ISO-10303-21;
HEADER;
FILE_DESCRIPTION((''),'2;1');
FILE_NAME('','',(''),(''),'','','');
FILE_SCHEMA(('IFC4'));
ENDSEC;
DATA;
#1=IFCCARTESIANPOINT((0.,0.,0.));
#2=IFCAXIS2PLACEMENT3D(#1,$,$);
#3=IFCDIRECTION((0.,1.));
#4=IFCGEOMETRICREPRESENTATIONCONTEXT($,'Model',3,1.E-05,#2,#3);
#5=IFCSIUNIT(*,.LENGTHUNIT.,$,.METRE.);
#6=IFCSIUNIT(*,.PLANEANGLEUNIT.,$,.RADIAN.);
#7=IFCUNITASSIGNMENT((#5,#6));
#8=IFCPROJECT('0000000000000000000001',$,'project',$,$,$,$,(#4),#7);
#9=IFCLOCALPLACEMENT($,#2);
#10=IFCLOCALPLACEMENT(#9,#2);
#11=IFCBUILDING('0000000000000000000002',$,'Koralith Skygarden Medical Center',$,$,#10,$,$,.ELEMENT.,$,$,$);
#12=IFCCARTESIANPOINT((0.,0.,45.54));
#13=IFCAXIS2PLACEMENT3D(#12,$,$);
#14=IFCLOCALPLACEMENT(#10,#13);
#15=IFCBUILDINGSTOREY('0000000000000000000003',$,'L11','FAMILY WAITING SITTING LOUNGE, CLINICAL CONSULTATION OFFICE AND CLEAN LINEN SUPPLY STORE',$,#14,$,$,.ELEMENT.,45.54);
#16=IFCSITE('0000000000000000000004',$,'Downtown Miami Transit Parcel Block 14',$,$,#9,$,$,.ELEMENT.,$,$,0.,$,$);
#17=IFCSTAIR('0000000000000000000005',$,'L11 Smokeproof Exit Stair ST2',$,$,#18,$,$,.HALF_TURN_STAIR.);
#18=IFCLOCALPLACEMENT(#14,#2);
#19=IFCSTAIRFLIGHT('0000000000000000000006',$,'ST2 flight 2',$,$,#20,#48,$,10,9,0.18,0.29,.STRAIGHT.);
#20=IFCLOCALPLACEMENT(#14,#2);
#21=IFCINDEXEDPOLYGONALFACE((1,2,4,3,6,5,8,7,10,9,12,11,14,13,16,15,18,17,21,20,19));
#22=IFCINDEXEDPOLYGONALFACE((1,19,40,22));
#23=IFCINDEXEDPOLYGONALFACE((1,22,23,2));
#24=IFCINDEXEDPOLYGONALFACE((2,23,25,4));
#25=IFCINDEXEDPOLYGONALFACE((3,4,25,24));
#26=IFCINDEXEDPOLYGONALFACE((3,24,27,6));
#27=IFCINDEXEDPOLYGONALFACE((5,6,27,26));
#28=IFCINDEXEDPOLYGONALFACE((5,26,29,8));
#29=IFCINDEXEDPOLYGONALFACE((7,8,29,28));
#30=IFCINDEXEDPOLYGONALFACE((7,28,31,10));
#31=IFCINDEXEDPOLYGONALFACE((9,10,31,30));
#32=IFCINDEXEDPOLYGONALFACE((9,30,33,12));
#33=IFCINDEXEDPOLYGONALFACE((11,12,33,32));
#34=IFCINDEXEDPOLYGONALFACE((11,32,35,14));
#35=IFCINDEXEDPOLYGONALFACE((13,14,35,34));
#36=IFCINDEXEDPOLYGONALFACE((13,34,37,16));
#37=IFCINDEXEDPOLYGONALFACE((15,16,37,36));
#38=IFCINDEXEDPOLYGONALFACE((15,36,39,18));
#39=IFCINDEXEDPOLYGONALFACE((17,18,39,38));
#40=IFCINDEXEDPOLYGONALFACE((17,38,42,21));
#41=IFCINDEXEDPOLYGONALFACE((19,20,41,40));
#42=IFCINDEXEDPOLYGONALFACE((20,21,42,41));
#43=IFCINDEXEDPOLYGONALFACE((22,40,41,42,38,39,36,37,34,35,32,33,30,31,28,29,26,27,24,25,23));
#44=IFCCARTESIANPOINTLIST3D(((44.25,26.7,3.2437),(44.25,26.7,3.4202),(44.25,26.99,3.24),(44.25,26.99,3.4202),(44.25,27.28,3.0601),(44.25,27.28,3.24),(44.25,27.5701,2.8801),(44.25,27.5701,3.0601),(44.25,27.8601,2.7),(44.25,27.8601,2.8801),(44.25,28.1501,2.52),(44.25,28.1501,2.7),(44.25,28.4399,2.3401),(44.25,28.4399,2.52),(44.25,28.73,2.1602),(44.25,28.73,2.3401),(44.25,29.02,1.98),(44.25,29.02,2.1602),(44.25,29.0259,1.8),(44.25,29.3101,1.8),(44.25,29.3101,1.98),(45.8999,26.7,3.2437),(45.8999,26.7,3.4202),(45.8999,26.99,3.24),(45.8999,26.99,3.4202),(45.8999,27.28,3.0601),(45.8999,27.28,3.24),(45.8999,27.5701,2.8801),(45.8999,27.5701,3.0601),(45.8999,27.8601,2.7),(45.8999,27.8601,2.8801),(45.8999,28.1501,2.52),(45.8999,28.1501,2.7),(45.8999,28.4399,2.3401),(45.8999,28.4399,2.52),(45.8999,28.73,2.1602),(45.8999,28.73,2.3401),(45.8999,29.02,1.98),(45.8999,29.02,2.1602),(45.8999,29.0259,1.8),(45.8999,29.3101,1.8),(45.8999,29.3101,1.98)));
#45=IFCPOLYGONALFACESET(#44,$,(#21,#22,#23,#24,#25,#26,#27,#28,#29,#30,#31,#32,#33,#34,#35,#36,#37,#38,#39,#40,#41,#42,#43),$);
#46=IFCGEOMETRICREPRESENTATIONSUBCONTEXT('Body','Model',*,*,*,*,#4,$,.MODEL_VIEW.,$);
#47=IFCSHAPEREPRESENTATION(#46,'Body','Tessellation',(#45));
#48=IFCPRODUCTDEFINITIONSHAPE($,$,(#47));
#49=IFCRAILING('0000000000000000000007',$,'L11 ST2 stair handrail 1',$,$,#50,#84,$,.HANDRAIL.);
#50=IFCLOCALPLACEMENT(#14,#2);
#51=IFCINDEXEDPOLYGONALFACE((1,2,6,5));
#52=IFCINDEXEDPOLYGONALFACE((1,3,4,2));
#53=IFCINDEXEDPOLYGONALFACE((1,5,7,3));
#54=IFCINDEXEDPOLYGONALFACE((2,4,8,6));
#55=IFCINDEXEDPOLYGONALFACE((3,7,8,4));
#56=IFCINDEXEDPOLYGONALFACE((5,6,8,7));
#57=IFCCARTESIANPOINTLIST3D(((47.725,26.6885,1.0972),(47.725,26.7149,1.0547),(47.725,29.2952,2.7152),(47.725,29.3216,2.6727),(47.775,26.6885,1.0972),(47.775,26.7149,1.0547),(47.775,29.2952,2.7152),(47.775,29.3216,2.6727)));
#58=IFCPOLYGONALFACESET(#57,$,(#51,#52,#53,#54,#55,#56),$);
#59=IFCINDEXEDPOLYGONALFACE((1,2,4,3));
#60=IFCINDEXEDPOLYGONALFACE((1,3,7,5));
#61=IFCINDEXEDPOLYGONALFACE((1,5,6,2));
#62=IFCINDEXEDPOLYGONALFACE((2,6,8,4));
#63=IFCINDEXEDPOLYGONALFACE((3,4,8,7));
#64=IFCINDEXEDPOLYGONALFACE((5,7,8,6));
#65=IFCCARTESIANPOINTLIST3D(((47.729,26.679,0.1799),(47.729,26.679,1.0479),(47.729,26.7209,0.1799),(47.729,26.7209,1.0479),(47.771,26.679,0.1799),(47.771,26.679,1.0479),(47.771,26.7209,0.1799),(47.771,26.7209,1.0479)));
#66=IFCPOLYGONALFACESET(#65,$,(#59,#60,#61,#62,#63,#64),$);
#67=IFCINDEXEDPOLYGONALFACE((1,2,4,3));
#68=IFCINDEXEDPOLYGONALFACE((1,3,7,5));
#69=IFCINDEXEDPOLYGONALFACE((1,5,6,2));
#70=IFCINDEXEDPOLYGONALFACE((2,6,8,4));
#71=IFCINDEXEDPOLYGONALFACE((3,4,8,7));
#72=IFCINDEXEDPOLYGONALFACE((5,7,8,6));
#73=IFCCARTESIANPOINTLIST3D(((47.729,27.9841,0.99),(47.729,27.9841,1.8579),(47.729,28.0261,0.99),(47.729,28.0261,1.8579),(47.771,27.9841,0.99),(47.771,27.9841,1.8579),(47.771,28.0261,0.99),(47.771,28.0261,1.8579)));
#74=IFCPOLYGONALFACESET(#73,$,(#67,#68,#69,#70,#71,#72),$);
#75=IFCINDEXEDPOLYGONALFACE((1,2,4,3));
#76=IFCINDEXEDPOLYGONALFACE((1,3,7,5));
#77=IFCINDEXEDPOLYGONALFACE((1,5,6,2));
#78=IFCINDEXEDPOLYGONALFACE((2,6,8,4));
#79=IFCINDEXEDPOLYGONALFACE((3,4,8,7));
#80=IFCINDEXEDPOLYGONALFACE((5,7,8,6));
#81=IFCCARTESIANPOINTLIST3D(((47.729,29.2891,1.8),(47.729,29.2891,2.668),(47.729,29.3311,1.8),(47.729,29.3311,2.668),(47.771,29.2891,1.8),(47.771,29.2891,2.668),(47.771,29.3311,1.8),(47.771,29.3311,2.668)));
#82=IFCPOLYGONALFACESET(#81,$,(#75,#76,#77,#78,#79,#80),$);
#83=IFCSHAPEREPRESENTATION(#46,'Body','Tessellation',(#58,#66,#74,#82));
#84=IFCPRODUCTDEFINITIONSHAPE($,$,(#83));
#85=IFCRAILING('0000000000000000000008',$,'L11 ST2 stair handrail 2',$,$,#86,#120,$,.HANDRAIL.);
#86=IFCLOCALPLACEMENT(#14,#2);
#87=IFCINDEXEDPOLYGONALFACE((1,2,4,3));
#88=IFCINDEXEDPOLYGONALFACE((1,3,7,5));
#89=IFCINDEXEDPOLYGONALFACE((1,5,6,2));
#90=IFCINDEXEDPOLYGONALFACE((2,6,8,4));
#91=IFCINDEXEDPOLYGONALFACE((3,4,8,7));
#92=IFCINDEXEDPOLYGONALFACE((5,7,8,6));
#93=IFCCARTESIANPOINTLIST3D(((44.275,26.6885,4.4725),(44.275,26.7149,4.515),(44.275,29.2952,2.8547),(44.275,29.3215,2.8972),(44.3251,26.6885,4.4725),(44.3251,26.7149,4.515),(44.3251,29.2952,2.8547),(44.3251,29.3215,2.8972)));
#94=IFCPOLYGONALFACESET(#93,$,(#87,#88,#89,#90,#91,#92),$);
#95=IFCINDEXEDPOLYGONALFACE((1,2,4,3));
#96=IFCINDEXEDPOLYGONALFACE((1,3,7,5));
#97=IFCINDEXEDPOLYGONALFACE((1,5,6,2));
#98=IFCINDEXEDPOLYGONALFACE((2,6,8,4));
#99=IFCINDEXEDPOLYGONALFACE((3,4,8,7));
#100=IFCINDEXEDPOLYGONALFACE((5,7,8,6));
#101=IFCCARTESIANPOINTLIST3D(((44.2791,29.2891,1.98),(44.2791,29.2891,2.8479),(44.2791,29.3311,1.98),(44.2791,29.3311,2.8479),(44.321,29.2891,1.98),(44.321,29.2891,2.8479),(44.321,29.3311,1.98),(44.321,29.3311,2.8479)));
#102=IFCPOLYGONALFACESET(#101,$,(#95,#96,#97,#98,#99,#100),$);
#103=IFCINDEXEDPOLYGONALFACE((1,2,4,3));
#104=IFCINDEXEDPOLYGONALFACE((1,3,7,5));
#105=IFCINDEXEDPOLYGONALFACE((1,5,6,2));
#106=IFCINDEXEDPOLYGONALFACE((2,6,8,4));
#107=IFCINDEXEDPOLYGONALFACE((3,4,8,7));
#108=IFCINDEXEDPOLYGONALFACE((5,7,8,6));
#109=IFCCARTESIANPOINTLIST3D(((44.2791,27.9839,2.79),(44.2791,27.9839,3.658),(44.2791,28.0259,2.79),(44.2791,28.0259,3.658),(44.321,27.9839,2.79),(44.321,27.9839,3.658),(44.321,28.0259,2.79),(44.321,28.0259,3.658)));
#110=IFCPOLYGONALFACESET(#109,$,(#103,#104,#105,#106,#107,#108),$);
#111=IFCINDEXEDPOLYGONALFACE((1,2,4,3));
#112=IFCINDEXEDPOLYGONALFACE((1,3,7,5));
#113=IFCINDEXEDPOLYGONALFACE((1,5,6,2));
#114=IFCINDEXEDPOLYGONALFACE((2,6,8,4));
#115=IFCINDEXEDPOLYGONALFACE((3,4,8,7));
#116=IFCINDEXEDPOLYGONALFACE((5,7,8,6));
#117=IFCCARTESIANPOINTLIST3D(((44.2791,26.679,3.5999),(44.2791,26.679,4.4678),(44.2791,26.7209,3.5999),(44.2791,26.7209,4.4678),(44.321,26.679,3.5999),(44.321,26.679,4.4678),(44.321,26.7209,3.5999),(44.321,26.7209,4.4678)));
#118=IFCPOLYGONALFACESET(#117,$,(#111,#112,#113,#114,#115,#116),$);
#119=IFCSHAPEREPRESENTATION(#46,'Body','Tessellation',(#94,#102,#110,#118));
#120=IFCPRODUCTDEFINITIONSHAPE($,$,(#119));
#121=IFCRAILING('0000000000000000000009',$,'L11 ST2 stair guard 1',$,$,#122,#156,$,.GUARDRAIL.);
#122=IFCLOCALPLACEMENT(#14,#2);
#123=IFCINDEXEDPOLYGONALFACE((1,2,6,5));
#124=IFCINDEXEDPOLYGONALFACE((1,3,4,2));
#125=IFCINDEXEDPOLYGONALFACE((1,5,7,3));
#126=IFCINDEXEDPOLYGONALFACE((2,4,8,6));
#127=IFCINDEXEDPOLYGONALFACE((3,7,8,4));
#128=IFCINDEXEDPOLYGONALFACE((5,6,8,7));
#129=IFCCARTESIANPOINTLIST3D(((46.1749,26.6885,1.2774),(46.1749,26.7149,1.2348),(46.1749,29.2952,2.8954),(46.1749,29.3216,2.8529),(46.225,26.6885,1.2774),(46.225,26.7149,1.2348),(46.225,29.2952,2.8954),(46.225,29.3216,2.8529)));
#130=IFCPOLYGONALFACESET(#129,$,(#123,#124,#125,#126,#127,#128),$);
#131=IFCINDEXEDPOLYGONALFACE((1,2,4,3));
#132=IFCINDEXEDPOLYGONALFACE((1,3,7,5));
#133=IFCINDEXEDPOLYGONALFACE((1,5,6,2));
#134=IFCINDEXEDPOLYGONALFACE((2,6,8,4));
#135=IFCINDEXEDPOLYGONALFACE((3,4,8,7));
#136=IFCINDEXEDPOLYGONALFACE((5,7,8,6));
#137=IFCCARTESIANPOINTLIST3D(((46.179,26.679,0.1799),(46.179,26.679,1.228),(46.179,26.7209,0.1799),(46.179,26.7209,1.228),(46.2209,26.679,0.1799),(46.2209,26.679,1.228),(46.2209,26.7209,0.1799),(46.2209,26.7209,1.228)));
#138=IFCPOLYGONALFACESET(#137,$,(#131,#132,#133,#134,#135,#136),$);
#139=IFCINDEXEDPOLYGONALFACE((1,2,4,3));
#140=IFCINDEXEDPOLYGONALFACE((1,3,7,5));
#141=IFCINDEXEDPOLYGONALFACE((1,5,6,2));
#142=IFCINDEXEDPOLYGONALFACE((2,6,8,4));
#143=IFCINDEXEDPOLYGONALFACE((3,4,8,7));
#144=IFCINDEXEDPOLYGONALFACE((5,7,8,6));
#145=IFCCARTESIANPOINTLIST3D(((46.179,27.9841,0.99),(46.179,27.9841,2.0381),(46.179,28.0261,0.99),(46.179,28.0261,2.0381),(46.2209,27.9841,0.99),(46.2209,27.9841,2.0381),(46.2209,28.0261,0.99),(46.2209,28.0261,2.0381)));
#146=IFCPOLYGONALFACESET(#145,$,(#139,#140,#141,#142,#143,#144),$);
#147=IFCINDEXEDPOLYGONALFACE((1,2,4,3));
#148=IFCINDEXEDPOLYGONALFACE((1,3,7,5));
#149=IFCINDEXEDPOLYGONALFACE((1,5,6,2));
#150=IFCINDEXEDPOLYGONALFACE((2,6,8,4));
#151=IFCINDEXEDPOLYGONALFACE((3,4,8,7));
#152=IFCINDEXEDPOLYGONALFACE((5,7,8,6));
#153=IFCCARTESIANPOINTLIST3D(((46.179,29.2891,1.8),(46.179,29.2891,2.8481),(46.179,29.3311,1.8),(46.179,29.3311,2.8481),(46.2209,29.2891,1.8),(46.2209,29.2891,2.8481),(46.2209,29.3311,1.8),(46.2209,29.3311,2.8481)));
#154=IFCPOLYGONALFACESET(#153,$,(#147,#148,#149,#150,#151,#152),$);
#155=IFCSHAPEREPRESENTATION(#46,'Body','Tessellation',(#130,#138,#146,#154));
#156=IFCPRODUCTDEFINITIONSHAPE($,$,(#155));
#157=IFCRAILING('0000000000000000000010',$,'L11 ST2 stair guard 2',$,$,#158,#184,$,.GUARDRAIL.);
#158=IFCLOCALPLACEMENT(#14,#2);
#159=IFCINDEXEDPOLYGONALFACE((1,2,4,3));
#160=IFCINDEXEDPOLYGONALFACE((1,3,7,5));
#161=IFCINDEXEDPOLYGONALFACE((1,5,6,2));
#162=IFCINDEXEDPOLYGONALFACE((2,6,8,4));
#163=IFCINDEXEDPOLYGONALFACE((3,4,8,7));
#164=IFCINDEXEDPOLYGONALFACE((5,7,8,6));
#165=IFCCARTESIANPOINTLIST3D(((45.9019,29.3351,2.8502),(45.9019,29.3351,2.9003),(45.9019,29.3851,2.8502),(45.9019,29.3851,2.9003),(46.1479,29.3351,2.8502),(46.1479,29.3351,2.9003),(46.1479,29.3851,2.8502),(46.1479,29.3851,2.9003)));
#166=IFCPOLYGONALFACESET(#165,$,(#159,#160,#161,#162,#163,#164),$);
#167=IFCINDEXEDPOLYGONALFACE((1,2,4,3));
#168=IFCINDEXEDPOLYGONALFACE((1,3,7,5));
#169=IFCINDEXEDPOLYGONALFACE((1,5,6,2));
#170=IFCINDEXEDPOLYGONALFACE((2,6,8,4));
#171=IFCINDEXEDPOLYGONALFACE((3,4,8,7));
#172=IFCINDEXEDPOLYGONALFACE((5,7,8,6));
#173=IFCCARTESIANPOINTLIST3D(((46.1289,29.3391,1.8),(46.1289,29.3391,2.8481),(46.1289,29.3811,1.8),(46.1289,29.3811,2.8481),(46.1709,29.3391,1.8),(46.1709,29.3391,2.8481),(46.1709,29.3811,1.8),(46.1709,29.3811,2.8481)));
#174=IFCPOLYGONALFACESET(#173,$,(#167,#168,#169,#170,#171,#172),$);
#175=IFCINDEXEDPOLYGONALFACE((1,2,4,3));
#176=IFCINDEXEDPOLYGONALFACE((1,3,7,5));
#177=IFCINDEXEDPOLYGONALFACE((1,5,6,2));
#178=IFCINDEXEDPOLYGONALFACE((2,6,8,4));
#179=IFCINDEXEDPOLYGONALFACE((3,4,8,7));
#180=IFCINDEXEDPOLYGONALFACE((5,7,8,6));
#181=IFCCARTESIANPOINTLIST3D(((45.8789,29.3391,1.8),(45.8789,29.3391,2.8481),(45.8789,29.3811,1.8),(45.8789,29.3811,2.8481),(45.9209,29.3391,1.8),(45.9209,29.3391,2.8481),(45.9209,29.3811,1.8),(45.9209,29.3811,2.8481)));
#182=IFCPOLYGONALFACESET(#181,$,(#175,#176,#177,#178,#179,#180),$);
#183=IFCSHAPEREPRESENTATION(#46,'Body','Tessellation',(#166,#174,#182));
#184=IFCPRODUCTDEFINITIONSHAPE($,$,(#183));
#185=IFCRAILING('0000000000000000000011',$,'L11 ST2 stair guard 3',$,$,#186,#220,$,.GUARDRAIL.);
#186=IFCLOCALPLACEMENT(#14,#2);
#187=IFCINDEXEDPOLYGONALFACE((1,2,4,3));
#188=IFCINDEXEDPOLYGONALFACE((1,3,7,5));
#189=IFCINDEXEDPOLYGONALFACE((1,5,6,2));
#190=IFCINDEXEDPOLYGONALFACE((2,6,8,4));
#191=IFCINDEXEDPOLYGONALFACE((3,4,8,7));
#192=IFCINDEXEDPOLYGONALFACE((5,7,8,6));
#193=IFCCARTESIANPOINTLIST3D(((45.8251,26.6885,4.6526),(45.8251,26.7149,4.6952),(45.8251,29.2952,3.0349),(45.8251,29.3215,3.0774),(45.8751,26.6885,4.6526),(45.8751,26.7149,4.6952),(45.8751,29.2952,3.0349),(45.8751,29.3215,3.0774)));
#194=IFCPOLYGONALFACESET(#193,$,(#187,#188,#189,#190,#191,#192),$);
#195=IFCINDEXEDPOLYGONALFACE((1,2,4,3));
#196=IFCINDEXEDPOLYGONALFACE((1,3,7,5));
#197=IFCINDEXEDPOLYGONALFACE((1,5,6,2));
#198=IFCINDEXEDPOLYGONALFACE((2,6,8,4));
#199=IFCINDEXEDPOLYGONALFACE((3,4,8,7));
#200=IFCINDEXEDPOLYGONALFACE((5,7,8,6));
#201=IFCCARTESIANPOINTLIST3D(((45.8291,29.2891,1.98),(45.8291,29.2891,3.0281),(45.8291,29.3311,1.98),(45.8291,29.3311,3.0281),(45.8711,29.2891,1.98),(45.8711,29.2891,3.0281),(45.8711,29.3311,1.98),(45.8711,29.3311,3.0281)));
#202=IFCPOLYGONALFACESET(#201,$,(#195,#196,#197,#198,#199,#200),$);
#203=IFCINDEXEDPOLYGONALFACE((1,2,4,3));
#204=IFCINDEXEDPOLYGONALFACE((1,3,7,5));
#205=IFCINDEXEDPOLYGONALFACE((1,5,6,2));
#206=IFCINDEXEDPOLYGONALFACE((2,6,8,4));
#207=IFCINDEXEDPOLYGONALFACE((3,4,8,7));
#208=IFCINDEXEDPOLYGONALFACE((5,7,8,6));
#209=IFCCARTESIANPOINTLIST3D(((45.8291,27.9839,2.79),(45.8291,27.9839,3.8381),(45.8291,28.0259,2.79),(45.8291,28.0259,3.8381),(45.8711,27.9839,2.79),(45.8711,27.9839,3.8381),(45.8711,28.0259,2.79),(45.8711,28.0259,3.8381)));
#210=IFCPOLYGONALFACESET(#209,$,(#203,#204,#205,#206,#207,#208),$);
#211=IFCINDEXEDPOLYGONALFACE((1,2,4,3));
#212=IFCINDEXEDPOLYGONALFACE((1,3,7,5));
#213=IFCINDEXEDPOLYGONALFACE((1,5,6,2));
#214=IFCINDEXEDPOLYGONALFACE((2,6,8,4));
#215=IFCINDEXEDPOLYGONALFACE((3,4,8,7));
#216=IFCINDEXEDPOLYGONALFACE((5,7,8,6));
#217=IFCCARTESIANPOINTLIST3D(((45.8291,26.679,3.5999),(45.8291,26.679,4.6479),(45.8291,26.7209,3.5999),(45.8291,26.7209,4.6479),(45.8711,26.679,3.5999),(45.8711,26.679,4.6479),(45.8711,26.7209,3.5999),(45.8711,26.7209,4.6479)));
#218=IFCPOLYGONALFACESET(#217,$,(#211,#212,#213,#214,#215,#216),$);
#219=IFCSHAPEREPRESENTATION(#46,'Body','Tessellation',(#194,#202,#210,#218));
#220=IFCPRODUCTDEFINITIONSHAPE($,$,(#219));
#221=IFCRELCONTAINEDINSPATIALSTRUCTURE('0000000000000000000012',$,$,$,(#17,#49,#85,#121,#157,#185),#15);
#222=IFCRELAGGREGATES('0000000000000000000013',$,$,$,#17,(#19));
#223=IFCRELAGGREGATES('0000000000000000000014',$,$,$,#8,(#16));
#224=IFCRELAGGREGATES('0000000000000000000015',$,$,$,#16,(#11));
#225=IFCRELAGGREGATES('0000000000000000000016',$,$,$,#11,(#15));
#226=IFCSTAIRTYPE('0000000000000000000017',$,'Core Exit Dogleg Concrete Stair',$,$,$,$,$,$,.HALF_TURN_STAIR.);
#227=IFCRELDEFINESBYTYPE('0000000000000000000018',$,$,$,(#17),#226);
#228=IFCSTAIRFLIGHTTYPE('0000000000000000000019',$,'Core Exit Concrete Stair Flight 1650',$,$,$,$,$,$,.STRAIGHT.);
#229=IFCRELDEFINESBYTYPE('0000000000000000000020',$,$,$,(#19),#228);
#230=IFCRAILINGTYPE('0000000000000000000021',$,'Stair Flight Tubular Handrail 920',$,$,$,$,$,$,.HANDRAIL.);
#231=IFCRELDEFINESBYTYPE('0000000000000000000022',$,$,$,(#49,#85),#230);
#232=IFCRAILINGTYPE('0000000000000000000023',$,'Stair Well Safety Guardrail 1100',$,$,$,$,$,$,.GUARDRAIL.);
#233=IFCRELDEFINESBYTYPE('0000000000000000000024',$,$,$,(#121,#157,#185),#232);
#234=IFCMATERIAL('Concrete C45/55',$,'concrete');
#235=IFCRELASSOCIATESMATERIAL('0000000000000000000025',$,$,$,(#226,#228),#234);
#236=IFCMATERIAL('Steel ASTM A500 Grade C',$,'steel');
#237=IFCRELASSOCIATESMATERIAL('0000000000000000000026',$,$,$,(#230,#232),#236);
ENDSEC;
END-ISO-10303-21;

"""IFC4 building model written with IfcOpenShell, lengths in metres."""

from ifc_helpers import new_model, si_unit, direction, frame, origin, origin_2d, place, context, subcontext, project, spatial, polyline, rectangle, outline, extrude, material, type_object, element, aggregate, save


model = new_model("IFC4")

# Units and contexts
model_context = context("Model", 3, precision=1e-05, world=origin(), true_north=direction((0.0, 1.0)))
body_context = subcontext(model_context, "Body", "Model", "MODEL_VIEW")
ifc_project = project(units=[si_unit("LENGTHUNIT", "METRE"), si_unit("PLANEANGLEUNIT", "RADIAN")], contexts=[model_context])

# Site, building, storey
site_placement = place(None, origin())
site = spatial("IfcSite", under=ifc_project, at=site_placement, Name="Downtown Miami Transit Parcel Block 14", CompositionType="ELEMENT", RefElevation=0.0)
building_placement = place(site_placement, origin())
building = spatial("IfcBuilding", under=site, at=building_placement, Name="Koralith Skygarden Medical Center", CompositionType="ELEMENT")
storey_placement = place(building_placement, frame((0.0, 0.0, 45.54)))
storey = spatial("IfcBuildingStorey", under=building, at=storey_placement, Name="L11", Description="FAMILY WAITING SITTING LOUNGE, CLINICAL CONSULTATION OFFICE AND CLEAN LINEN SUPPLY STORE", CompositionType="ELEMENT", Elevation=45.54)

# Shared definitions
ifc_material_1 = material(Name="Concrete C45/55", Category="concrete")

# Shared definitions
ifc_material_2 = material(Name="Steel ASTM A500 Grade C", Category="steel")

# Stair, stair flight
stair_type = type_object("IfcStairType", Name="Core Exit Dogleg Concrete Stair", PredefinedType="HALF_TURN_STAIR", material=ifc_material_1)
stair_placement = place(storey_placement, origin())
stair = element("IfcStair", 1, at=stair_placement, inside=storey, type_object=stair_type, Name="L11 Smokeproof Exit Stair ST2", PredefinedType="HALF_TURN_STAIR")
stair_flight_type = type_object("IfcStairFlightType", Name="Core Exit Concrete Stair Flight 1650", PredefinedType="STRAIGHT", material=ifc_material_1)
stair_flight_1_placement = place(storey_placement, frame((45.075, 29.3101, 1.8), z_axis=(0.0, 0.0, 1.0), x_axis=(0.0, -1.0, 0.0)))
stair_flight_1 = element("IfcStairFlight", 2, at=stair_flight_1_placement, type_object=stair_flight_type, Name="ST2 flight 2", NumberOfRisers=10, NumberOfTreads=9, PredefinedType="STRAIGHT", RiserHeight=0.18, TreadLength=0.29, context=body_context, shape_type="SweptSolid", body=[
    extrude(outline(polyline([(0.0, 0.0), (0.0, 0.1799), (0.29, 0.1799), (0.29, 0.3601), (0.5801, 0.3601), (0.5801, 0.54), (0.8701, 0.54), (0.8701, 0.72), (1.1599, 0.72), (1.1599, 0.8999), (1.45, 0.8999), (1.45, 1.0801), (1.74, 1.0801), (1.74, 1.26), (2.03, 1.26), (2.03, 1.4399), (2.3201, 1.4399), (2.3201, 1.6201), (2.6101, 1.6201), (2.6101, 1.8), (2.6101, 1.4436), (0.2842, 0.0), (0.0, 0.0)])), frame((0.0, 0.825, 0.0), z_axis=(0.0, -1.0, 0.0), x_axis=(1.0, 0.0, 0.0)), (0.0, 0.0, 1.0), 1.6499),
])
aggregate(stair, [stair_flight_1])

# Railings
railing_type_1 = type_object("IfcRailingType", Name="Stair Flight Tubular Handrail 920", PredefinedType="HANDRAIL", material=ifc_material_2)
railing_1_placement = place(storey_placement, frame((47.75, 26.7, 0.1799)))
element("IfcRailing", 3, at=railing_1_placement, inside=storey, type_object=railing_type_1, Name="L11 ST2 stair handrail 1", PredefinedType="HANDRAIL", context=body_context, shape_type="SweptSolid", body=[
    extrude(rectangle(XDim=0.05, YDim=0.05, at=origin_2d()), frame((0.0, 0.0017, 0.896), z_axis=(0.0, 0.849633, 0.527375), x_axis=(-1.0, 0.0, 0.0)), (0.0, 0.0, 1.0), 3.0681),
    extrude(rectangle(XDim=0.042, YDim=0.042, at=origin_2d()), origin(), (0.0, 0.0, 1.0), 0.8679),
    extrude(rectangle(XDim=0.042, YDim=0.042, at=origin_2d()), frame((0.0, 1.3052, 0.8101)), (0.0, 0.0, 1.0), 0.8679),
    extrude(rectangle(XDim=0.042, YDim=0.042, at=origin_2d()), frame((0.0, 2.6101, 1.6201)), (0.0, 0.0, 1.0), 0.8679),
])
railing_2_placement = place(storey_placement, frame((44.3, 29.3101, 1.98)))
element("IfcRailing", 4, at=railing_2_placement, inside=storey, type_object=railing_type_1, Name="L11 ST2 stair handrail 2", PredefinedType="HANDRAIL", context=body_context, shape_type="SweptSolid", body=[
    extrude(rectangle(XDim=0.05, YDim=0.05, at=origin_2d()), frame((0.0, -0.0017, 0.896), z_axis=(0.0, -0.849668, 0.527317), x_axis=(1.0, 0.0, 0.0)), (0.0, 0.0, 1.0), 3.0679),
    extrude(rectangle(XDim=0.042, YDim=0.042, at=origin_2d()), origin(), (0.0, 0.0, 1.0), 0.8679),
    extrude(rectangle(XDim=0.042, YDim=0.042, at=origin_2d()), frame((0.0, -1.3052, 0.8101)), (0.0, 0.0, 1.0), 0.8679),
    extrude(rectangle(XDim=0.042, YDim=0.042, at=origin_2d()), frame((0.0, -2.6101, 1.6199)), (0.0, 0.0, 1.0), 0.8679),
])
railing_type_2 = type_object("IfcRailingType", Name="Stair Well Safety Guardrail 1100", PredefinedType="GUARDRAIL", material=ifc_material_2)
railing_3_placement = place(storey_placement, frame((46.2, 26.7, 0.1799)))
element("IfcRailing", 5, at=railing_3_placement, inside=storey, type_object=railing_type_2, Name="L11 ST2 stair guard 1", PredefinedType="GUARDRAIL", context=body_context, shape_type="SweptSolid", body=[
    extrude(rectangle(XDim=0.05, YDim=0.05, at=origin_2d()), frame((0.0, 0.0017, 1.0762), z_axis=(0.0, 0.849633, 0.527375), x_axis=(-1.0, 0.0, 0.0)), (0.0, 0.0, 1.0), 3.0681),
    extrude(rectangle(XDim=0.042, YDim=0.042, at=origin_2d()), origin(), (0.0, 0.0, 1.0), 1.0481),
    extrude(rectangle(XDim=0.042, YDim=0.042, at=origin_2d()), frame((0.0, 1.3052, 0.8101)), (0.0, 0.0, 1.0), 1.0481),
    extrude(rectangle(XDim=0.042, YDim=0.042, at=origin_2d()), frame((0.0, 2.6101, 1.6201)), (0.0, 0.0, 1.0), 1.0481),
])
railing_4_placement = place(storey_placement, frame((46.1499, 29.3601, 1.8)))
element("IfcRailing", 6, at=railing_4_placement, inside=storey, type_object=railing_type_2, Name="L11 ST2 stair guard 2", PredefinedType="GUARDRAIL", context=body_context, shape_type="SweptSolid", body=[
    extrude(rectangle(XDim=0.05, YDim=0.05, at=origin_2d()), frame((-0.002, 0.0, 1.0752), z_axis=(-1.0, 0.0, 0.0), x_axis=(0.0, -1.0, 0.0)), (0.0, 0.0, 1.0), 0.2461),
    extrude(rectangle(XDim=0.042, YDim=0.042, at=origin_2d()), origin(), (0.0, 0.0, 1.0), 1.0481),
    extrude(rectangle(XDim=0.042, YDim=0.042, at=origin_2d()), frame((-0.25, 0.0, 0.0)), (0.0, 0.0, 1.0), 1.0481),
])
railing_5_placement = place(storey_placement, frame((45.8501, 29.3101, 1.98)))
element("IfcRailing", 7, at=railing_5_placement, inside=storey, type_object=railing_type_2, Name="L11 ST2 stair guard 3", PredefinedType="GUARDRAIL", context=body_context, shape_type="SweptSolid", body=[
    extrude(rectangle(XDim=0.05, YDim=0.05, at=origin_2d()), frame((0.0, -0.0017, 1.0762), z_axis=(0.0, -0.849668, 0.527317), x_axis=(1.0, 0.0, 0.0)), (0.0, 0.0, 1.0), 3.0679),
    extrude(rectangle(XDim=0.042, YDim=0.042, at=origin_2d()), origin(), (0.0, 0.0, 1.0), 1.0481),
    extrude(rectangle(XDim=0.042, YDim=0.042, at=origin_2d()), frame((0.0, -1.3052, 0.8101)), (0.0, 0.0, 1.0), 1.0481),
    extrude(rectangle(XDim=0.042, YDim=0.042, at=origin_2d()), frame((0.0, -2.6101, 1.6199)), (0.0, 0.0, 1.0), 1.0481),
])

save(model, "model.ifc")
